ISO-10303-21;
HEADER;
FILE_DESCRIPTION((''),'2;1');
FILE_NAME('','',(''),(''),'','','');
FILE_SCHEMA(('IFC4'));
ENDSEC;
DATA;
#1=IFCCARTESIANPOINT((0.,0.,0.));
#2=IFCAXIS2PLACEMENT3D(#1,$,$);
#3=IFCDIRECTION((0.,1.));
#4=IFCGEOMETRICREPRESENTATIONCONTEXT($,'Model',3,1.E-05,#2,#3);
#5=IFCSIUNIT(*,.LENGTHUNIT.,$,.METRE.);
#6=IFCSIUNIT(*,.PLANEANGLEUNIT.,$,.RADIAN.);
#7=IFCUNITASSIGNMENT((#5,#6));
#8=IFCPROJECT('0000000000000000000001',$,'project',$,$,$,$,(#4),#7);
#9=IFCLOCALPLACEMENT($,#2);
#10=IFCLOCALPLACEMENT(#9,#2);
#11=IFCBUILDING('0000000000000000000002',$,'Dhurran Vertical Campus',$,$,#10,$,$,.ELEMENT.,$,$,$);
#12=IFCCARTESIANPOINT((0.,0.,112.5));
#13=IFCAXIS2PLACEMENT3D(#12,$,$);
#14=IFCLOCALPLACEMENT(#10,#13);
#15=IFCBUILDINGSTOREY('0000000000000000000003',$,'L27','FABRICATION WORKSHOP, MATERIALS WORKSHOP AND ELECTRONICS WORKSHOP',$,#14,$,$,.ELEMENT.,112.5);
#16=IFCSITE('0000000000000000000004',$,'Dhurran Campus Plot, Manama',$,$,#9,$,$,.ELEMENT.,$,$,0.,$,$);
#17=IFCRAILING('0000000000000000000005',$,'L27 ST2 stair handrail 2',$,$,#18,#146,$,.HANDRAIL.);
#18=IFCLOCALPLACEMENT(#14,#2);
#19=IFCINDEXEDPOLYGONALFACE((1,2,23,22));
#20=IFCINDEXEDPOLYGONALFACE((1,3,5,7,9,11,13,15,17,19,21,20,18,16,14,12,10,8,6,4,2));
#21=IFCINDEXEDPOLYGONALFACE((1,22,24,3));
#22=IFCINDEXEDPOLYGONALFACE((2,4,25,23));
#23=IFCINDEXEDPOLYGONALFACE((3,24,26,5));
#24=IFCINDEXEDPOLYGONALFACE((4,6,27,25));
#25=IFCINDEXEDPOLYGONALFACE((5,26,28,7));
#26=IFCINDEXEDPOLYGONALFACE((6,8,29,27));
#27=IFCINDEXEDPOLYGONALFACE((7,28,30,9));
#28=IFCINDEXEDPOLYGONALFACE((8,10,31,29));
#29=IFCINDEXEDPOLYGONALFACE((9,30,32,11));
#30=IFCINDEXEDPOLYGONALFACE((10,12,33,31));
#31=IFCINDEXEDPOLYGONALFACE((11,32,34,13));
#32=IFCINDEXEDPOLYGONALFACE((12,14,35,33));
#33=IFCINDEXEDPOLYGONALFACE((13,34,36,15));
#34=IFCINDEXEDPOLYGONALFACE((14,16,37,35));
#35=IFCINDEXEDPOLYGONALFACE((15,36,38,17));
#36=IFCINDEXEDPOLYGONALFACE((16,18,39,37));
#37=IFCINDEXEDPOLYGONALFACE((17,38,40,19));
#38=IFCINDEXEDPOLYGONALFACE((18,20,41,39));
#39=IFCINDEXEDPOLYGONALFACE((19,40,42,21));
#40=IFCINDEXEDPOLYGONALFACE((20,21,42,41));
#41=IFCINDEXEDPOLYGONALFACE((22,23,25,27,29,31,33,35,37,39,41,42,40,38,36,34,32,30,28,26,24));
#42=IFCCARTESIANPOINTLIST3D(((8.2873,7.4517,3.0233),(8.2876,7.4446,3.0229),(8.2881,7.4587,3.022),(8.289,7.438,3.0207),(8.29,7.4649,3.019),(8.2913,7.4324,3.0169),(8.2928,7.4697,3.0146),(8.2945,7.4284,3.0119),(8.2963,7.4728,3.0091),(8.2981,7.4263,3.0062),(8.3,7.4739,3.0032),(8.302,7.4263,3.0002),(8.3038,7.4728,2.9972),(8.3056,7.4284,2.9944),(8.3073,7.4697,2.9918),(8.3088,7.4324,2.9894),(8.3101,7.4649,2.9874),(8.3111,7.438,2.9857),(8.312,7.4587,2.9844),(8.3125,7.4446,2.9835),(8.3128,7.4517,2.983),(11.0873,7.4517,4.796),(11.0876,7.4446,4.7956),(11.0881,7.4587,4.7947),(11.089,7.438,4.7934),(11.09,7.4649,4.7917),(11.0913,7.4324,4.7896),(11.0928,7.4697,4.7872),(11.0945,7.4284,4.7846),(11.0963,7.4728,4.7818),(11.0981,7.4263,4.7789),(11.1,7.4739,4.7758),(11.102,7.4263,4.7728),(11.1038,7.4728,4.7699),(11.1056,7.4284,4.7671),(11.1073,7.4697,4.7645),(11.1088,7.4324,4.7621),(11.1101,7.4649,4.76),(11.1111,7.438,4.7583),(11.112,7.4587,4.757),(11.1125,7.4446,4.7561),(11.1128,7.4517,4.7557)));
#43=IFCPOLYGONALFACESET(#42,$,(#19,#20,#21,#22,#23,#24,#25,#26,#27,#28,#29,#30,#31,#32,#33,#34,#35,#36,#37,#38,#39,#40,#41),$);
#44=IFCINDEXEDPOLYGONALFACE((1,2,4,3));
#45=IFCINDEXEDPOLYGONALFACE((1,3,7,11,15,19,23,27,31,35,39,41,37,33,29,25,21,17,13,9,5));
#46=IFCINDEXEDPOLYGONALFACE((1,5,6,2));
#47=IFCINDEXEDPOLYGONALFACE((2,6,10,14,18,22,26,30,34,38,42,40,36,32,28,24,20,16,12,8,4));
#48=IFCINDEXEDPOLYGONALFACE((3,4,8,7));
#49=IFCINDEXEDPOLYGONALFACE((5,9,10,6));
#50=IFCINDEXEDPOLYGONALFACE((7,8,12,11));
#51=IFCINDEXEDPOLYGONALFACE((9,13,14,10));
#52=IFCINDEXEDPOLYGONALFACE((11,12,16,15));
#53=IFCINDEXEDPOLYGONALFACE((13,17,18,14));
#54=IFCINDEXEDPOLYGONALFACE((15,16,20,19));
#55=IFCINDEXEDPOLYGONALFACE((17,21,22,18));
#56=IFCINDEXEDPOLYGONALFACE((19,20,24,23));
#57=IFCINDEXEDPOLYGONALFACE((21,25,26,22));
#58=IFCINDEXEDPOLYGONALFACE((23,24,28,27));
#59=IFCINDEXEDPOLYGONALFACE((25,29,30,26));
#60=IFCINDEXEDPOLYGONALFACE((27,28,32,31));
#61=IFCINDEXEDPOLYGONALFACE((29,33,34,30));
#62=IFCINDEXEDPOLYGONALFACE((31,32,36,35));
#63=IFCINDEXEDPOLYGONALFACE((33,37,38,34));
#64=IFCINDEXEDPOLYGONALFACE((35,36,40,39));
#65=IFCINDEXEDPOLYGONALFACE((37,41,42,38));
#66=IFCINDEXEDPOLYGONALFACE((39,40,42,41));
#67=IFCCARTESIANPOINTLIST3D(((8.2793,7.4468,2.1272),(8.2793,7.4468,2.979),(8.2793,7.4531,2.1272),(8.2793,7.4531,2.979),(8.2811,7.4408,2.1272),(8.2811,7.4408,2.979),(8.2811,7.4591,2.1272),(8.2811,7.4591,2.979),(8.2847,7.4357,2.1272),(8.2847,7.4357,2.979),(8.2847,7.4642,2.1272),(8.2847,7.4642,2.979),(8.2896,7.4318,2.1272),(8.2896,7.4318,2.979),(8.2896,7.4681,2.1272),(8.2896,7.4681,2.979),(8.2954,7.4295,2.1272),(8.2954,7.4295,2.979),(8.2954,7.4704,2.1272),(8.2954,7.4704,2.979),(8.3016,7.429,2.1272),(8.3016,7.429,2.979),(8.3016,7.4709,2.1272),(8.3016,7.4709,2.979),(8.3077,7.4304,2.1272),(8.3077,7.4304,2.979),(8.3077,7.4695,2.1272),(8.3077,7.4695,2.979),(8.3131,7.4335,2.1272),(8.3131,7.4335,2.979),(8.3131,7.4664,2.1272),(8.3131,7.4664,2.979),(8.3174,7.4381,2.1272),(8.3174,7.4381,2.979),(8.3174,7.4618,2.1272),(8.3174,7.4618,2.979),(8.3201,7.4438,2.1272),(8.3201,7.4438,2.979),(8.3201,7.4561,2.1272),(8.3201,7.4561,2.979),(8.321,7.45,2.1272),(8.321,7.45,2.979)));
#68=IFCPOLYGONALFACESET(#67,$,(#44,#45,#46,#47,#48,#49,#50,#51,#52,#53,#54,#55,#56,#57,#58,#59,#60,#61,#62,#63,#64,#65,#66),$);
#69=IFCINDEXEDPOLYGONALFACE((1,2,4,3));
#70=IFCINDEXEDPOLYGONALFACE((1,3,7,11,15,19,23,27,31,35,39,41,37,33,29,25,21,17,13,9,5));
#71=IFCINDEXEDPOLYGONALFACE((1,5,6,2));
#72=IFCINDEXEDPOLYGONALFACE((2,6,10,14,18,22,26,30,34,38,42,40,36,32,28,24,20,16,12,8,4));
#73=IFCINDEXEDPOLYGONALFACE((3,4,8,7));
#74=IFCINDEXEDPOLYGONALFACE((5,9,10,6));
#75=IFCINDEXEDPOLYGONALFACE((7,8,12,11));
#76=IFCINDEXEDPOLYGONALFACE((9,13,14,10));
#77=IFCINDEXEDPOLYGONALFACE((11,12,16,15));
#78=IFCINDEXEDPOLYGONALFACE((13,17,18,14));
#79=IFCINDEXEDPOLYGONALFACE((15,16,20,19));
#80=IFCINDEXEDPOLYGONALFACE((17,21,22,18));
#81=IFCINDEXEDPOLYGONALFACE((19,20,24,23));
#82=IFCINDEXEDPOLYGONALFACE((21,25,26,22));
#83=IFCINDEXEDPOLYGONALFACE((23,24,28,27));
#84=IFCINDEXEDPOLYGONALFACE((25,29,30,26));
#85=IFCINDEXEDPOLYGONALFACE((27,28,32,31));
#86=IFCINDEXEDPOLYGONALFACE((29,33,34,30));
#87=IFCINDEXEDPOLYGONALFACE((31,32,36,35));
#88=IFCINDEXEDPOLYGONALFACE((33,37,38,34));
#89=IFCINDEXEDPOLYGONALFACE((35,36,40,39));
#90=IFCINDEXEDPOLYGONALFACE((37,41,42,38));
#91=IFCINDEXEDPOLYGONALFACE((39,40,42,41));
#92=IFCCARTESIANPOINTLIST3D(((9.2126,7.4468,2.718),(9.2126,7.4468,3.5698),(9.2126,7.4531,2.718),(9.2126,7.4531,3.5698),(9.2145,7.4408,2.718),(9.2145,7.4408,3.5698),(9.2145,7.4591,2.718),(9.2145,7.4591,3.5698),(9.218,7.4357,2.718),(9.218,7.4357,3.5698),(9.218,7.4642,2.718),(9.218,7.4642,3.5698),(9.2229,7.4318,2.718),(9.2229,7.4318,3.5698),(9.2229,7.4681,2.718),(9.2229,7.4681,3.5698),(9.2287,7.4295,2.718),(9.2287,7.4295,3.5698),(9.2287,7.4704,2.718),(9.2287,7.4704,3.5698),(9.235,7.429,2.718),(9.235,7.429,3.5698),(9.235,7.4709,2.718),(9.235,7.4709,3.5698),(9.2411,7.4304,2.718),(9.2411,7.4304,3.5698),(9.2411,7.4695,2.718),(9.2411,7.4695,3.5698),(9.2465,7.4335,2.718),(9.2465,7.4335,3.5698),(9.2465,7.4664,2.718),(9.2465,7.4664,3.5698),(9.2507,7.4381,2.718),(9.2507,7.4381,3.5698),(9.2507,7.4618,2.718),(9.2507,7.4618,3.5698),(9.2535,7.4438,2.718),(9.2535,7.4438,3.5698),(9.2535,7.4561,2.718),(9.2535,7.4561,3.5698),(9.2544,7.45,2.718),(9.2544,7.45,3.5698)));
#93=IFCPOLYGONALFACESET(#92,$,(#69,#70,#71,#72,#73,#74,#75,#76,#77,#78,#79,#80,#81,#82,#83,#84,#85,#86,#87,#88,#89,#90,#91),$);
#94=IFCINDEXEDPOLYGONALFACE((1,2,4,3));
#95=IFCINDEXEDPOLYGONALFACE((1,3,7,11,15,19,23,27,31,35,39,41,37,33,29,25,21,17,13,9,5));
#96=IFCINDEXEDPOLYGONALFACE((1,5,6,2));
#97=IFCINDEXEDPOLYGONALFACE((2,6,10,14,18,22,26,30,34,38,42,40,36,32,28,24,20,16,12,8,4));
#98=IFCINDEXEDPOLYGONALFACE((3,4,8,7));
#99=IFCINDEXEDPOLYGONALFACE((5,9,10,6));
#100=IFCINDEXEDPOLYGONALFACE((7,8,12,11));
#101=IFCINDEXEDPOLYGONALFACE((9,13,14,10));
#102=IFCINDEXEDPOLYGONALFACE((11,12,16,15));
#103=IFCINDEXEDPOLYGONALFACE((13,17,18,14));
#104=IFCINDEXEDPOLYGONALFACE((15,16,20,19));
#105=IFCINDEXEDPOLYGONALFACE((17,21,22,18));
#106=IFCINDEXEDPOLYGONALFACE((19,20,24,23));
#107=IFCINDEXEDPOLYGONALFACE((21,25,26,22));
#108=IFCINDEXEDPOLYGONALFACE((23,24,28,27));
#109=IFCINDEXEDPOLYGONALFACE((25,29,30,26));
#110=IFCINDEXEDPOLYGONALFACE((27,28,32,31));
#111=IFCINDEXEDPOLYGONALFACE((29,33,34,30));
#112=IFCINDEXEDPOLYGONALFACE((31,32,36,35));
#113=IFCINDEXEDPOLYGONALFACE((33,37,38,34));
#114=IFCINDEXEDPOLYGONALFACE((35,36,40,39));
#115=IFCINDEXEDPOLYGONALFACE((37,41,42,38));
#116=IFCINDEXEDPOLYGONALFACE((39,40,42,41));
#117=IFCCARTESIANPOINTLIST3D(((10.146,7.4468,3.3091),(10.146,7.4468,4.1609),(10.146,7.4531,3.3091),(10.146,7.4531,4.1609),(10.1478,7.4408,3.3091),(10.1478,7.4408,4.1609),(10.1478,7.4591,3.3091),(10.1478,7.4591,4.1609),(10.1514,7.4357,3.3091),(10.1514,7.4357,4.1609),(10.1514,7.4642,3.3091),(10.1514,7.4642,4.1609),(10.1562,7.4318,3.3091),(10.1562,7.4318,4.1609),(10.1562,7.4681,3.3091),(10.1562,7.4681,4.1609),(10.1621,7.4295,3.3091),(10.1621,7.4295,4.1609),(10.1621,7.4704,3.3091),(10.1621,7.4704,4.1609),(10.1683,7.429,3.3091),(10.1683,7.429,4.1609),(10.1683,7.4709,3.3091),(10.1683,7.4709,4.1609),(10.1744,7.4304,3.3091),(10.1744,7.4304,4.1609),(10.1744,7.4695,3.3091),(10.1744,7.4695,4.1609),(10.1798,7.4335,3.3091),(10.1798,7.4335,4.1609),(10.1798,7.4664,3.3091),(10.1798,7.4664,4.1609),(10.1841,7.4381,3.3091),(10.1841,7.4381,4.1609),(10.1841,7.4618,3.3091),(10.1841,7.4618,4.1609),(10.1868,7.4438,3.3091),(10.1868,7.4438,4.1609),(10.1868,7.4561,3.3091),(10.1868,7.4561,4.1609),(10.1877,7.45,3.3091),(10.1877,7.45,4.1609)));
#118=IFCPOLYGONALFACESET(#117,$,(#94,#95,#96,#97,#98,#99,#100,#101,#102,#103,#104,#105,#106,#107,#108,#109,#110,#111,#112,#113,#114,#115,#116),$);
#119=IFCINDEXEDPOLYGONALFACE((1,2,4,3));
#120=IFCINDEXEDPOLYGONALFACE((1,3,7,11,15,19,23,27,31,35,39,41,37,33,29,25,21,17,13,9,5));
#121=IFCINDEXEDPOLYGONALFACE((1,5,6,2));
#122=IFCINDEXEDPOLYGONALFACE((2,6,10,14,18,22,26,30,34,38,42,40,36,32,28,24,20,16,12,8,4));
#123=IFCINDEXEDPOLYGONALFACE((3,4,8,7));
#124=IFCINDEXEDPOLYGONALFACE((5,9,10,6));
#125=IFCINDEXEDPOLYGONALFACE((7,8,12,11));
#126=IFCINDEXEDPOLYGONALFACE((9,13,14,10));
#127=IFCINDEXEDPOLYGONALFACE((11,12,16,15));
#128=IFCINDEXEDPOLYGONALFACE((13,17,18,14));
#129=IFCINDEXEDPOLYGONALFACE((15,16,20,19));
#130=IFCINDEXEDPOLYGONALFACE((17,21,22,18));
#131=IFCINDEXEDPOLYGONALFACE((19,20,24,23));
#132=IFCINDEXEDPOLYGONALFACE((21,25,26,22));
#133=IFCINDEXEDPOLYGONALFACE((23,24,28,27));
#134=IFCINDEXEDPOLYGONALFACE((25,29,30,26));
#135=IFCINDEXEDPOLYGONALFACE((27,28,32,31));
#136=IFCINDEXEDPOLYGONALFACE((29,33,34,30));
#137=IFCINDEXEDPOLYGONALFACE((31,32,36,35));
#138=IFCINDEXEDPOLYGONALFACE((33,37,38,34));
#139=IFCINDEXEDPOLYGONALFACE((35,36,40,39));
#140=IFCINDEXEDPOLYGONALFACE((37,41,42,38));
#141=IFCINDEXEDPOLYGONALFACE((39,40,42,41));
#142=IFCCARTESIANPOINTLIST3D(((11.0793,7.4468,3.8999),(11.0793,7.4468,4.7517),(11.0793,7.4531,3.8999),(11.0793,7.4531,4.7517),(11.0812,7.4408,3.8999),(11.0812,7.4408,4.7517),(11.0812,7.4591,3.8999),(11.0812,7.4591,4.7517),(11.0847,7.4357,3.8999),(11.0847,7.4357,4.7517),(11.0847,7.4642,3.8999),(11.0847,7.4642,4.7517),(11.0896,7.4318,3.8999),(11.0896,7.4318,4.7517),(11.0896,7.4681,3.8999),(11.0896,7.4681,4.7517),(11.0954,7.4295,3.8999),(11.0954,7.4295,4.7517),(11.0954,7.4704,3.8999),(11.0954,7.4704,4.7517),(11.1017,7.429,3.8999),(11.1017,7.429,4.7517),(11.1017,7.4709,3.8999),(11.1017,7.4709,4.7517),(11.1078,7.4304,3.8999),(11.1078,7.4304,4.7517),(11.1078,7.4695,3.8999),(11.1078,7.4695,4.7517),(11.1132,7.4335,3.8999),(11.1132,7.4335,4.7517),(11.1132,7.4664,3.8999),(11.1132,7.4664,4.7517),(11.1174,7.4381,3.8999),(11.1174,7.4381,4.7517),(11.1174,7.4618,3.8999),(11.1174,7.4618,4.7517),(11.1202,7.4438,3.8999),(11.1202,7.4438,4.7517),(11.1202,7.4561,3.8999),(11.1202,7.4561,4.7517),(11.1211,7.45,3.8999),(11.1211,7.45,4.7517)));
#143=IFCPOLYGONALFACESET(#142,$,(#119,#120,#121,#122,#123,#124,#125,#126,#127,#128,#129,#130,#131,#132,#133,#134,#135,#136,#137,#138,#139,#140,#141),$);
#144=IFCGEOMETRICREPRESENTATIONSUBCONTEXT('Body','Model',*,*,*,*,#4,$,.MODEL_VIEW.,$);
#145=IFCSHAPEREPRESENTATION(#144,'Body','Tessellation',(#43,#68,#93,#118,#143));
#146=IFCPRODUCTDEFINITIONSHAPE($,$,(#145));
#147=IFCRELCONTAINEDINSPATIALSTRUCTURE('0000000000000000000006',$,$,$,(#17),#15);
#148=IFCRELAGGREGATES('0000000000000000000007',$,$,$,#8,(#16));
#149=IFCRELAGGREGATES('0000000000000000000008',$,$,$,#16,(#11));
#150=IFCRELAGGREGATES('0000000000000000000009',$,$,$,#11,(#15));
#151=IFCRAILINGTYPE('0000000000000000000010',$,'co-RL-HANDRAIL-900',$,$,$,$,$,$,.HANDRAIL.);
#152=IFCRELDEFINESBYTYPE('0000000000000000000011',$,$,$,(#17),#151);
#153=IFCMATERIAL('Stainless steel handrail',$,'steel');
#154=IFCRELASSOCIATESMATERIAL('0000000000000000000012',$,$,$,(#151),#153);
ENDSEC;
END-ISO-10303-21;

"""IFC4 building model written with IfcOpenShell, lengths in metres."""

from ifc_helpers import new_model, si_unit, direction, frame, origin, origin_2d, place, context, subcontext, project, spatial, circle, extrude, material, type_object, element, save


model = new_model("IFC4")

# Units and contexts
model_context = context("Model", 3, precision=1e-05, world=origin(), true_north=direction((0.0, 1.0)))
body_context = subcontext(model_context, "Body", "Model", "MODEL_VIEW")
ifc_project = project(units=[si_unit("LENGTHUNIT", "METRE"), si_unit("PLANEANGLEUNIT", "RADIAN")], contexts=[model_context])

# Site, building, storey
site_placement = place(None, origin())
site = spatial("IfcSite", under=ifc_project, at=site_placement, Name="Dhurran Campus Plot, Manama", CompositionType="ELEMENT", RefElevation=0.0)
building_placement = place(site_placement, origin())
building = spatial("IfcBuilding", under=site, at=building_placement, Name="Dhurran Vertical Campus", CompositionType="ELEMENT")
storey_placement = place(building_placement, frame((0.0, 0.0, 112.5)))
storey = spatial("IfcBuildingStorey", under=building, at=storey_placement, Name="L27", Description="FABRICATION WORKSHOP, MATERIALS WORKSHOP AND ELECTRONICS WORKSHOP", CompositionType="ELEMENT", Elevation=112.5)

# Railing
ifc_material_1 = material(Name="Stainless steel handrail", Category="steel")
railing_type_1 = type_object("IfcRailingType", Name="co-RL-HANDRAIL-900", PredefinedType="HANDRAIL", material=ifc_material_1)
railing_1_placement = place(storey_placement, frame((8.3, 7.45, 2.1272)))
element("IfcRailing", 1, at=railing_1_placement, inside=storey, type_object=railing_type_1, Name="L27 ST2 stair handrail 2", PredefinedType="HANDRAIL", context=body_context, shape_type="SweptSolid", body=[
    extrude(circle(Radius=0.0239, at=origin_2d()), frame((0.0, 0.0, 0.876), z_axis=(0.844909, 0.0, 0.53491), x_axis=(0.0, 1.0, 0.0)), (0.0, 0.0, 1.0), 3.314),
    extrude(circle(Radius=0.021, at=origin_2d()), origin(), (0.0, 0.0, 1.0), 0.8518),
    extrude(circle(Radius=0.021, at=origin_2d()), frame((0.9333, 0.0, 0.5908)), (0.0, 0.0, 1.0), 0.8518),
    extrude(circle(Radius=0.021, at=origin_2d()), frame((1.8667, 0.0, 1.1819)), (0.0, 0.0, 1.0), 0.8518),
    extrude(circle(Radius=0.021, at=origin_2d()), frame((2.8, 0.0, 1.7727)), (0.0, 0.0, 1.0), 0.8518),
])

save(model, "model.ifc")
